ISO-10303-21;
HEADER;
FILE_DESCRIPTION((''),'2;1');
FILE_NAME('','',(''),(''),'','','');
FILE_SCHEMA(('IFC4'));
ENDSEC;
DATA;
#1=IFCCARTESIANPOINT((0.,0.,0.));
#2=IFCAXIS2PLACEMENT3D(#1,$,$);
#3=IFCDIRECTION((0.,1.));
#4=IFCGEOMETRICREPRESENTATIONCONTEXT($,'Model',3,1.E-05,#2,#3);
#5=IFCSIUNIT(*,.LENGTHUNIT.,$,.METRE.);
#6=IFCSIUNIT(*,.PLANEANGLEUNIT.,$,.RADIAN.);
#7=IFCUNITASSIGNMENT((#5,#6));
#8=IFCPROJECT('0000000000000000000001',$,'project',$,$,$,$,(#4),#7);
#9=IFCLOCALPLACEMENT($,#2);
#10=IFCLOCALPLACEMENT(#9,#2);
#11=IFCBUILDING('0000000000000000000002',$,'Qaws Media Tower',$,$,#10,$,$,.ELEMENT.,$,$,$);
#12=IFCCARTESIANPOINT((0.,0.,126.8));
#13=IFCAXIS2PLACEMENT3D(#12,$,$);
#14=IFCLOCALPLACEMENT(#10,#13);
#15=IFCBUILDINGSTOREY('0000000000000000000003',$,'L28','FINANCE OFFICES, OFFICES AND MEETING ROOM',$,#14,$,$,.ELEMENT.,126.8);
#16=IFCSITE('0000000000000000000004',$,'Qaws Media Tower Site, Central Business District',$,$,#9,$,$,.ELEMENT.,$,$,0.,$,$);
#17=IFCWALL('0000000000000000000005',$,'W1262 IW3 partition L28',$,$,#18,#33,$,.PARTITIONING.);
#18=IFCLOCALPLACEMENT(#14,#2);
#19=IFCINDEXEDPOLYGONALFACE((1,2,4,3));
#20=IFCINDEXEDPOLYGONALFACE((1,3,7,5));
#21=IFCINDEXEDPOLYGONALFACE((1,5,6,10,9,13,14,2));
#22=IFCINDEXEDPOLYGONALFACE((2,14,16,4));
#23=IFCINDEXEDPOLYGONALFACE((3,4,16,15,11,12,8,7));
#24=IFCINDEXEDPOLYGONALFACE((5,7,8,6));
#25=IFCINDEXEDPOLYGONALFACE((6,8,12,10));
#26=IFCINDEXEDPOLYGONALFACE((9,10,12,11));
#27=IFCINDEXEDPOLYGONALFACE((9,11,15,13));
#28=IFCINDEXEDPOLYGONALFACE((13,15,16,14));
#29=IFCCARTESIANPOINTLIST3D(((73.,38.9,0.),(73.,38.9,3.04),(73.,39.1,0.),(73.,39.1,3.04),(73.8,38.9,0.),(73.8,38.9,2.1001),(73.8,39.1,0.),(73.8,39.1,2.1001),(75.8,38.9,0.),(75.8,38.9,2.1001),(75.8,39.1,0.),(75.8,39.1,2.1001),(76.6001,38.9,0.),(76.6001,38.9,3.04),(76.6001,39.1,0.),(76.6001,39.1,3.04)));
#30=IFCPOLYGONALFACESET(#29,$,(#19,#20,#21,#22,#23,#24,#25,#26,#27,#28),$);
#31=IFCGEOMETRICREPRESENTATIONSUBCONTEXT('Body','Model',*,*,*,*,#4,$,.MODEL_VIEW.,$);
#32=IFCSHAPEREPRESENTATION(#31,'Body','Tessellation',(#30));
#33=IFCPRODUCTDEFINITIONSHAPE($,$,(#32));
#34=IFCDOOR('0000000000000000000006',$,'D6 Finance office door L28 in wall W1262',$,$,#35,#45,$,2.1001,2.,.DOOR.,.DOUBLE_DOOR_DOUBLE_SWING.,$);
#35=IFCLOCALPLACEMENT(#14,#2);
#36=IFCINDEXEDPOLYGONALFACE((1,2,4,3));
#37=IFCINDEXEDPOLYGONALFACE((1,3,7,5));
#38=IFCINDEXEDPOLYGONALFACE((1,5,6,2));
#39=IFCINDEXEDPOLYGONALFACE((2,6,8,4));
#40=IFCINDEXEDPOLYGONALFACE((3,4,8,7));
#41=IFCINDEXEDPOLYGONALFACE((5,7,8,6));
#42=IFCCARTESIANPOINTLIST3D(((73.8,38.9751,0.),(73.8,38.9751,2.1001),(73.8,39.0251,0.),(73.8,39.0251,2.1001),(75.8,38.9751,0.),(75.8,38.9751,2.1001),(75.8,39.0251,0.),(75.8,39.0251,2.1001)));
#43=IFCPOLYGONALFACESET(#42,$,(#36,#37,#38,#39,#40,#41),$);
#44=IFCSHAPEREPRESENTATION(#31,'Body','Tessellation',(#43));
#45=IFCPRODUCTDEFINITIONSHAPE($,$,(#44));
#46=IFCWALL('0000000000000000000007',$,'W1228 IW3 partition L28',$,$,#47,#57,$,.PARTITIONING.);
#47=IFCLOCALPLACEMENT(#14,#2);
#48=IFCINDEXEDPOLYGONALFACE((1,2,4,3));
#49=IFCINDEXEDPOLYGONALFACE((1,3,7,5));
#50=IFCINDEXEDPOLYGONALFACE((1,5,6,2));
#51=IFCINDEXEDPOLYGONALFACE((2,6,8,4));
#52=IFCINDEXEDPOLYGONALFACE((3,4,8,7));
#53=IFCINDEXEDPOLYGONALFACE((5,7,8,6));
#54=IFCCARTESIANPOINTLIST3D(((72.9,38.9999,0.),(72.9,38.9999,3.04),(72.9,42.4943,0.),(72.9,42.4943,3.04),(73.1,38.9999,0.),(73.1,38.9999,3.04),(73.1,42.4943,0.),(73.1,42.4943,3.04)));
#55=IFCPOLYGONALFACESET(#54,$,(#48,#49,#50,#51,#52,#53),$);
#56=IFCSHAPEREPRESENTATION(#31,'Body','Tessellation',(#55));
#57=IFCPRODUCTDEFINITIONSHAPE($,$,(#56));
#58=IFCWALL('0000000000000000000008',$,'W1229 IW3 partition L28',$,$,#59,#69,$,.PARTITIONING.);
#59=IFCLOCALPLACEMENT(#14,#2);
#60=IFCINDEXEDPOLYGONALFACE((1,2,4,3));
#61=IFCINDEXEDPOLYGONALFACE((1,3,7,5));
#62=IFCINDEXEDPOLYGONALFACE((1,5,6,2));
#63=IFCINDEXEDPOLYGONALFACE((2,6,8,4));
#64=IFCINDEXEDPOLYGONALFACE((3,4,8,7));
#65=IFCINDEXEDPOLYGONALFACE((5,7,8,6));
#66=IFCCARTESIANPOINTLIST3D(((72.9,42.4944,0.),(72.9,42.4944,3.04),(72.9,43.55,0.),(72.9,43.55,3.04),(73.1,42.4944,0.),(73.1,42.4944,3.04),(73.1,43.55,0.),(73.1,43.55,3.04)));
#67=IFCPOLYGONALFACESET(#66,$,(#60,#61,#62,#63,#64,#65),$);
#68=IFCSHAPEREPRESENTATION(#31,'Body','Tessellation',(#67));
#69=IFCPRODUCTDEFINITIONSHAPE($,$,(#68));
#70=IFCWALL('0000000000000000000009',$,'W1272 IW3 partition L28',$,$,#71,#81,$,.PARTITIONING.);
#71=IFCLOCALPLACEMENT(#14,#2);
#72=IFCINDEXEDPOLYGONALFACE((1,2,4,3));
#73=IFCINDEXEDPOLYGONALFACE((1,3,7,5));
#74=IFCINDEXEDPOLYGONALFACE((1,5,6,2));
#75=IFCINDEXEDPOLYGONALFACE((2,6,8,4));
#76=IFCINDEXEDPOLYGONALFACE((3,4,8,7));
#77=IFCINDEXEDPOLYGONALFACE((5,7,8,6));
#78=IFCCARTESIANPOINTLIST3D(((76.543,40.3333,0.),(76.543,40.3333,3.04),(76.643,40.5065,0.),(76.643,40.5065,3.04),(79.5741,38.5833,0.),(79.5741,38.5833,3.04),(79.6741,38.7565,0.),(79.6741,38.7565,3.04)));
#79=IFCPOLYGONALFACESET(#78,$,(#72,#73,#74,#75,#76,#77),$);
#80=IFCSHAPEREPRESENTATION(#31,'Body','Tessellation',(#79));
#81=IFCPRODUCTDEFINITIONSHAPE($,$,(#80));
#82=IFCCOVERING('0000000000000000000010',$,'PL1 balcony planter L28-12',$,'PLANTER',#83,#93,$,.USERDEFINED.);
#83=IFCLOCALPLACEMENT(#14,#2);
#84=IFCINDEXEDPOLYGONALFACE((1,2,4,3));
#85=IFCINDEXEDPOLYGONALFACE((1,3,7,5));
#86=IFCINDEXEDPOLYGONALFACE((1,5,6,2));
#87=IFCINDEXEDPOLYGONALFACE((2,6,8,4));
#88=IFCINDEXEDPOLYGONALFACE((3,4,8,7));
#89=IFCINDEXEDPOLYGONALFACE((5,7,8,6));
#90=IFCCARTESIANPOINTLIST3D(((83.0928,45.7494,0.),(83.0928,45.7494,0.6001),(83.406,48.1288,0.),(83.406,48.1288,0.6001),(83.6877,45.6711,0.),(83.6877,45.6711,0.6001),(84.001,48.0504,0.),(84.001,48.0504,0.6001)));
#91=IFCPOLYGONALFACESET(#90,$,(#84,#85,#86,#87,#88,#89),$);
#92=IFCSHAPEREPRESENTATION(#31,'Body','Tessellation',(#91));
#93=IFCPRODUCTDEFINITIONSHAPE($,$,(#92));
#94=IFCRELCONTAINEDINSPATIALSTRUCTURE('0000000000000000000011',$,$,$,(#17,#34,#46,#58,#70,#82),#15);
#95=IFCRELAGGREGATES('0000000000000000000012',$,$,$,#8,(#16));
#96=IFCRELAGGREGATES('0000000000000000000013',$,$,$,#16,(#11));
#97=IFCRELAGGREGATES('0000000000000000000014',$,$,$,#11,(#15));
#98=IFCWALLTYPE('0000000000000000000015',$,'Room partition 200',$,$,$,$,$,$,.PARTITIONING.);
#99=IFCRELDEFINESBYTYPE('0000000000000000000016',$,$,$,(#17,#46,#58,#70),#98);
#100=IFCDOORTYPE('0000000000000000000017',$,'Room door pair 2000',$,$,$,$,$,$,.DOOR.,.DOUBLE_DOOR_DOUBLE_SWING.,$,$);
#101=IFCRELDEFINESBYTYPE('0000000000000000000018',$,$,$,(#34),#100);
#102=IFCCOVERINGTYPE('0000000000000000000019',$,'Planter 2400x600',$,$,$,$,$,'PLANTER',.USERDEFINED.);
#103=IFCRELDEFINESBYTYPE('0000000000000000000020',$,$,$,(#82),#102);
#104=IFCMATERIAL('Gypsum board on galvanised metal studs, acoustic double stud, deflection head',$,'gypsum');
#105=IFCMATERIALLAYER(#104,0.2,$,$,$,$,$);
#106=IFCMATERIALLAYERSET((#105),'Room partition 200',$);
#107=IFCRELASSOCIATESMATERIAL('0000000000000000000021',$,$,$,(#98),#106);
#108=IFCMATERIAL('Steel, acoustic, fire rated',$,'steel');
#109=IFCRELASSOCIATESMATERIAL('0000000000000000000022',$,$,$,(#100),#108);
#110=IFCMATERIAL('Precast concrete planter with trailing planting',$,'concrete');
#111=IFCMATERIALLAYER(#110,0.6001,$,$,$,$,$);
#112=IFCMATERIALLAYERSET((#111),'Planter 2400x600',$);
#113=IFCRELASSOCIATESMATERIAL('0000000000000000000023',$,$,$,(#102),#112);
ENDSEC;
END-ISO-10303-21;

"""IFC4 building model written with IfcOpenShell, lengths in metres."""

from ifc_helpers import new_model, si_unit, direction, frame, frame_2d, origin, origin_2d, place, context, subcontext, project, spatial, rectangle, extrude, material, layer, layer_set, type_object, element, fill, save


model = new_model("IFC4")

# Units and contexts
model_context = context("Model", 3, precision=1e-05, world=origin(), true_north=direction((0.0, 1.0)))
body_context = subcontext(model_context, "Body", "Model", "MODEL_VIEW")
ifc_project = project(units=[si_unit("LENGTHUNIT", "METRE"), si_unit("PLANEANGLEUNIT", "RADIAN")], contexts=[model_context])

# Site, building, storey
site_placement = place(None, origin())
site = spatial("IfcSite", under=ifc_project, at=site_placement, Name="Qaws Media Tower Site, Central Business District", CompositionType="ELEMENT", RefElevation=0.0)
building_placement = place(site_placement, origin())
building = spatial("IfcBuilding", under=site, at=building_placement, Name="Qaws Media Tower", CompositionType="ELEMENT")
storey_placement = place(building_placement, frame((0.0, 0.0, 126.8)))
storey = spatial("IfcBuildingStorey", under=building, at=storey_placement, Name="L28", Description="FINANCE OFFICES, OFFICES AND MEETING ROOM", CompositionType="ELEMENT", Elevation=126.8)

# Shared definitions
ifc_material_1 = material(Name="Gypsum board on galvanised metal studs, acoustic double stud, deflection head", Category="gypsum")
ifc_layer_1 = layer(ifc_material_1, 0.2)
ifc_layer_set_1 = layer_set([ifc_layer_1], Name="Room partition 200")
wall_type_1 = type_object("IfcWallType", Name="Room partition 200", PredefinedType="PARTITIONING", material=ifc_layer_set_1)

# Wall, opening, door
wall_1_placement = place(storey_placement, frame((76.6001, 39.0, 0.0), z_axis=(0.0, 0.0, 1.0), x_axis=(-1.0, 0.0, 0.0)))
wall_1 = element("IfcWall", 1, at=wall_1_placement, inside=storey, type_object=wall_type_1, Name="W1262 IW3 partition L28", PredefinedType="PARTITIONING", context=body_context, shape_type="SweptSolid", body=[
    extrude(rectangle(XDim=3.6001, YDim=0.2, at=frame_2d((1.8, 0.0))), origin(), (0.0, 0.0, 1.0), 3.04),
])
opening_placement = place(wall_1_placement, frame((0.8, 0.0, 0.0)))
opening = element("IfcOpeningElement", 2, at=opening_placement, cuts=wall_1, PredefinedType="OPENING", context=body_context, shape_type="SweptSolid", body=[
    extrude(rectangle(XDim=2.0, YDim=2.1001, at=frame_2d((1.0, 1.05))), frame((0.0, 0.1099, 0.0), z_axis=(0.0, -1.0, 0.0), x_axis=(1.0, 0.0, 0.0)), (0.0, 0.0, 1.0), 0.22),
])
ifc_material_2 = material(Name="Steel, acoustic, fire rated", Category="steel")
door_type = type_object("IfcDoorType", Name="Room door pair 2000", OperationType="DOUBLE_DOOR_DOUBLE_SWING", PredefinedType="DOOR", material=ifc_material_2)
door_placement = place(opening_placement, origin())
door = element("IfcDoor", 3, at=door_placement, inside=storey, type_object=door_type, Name="D6 Finance office door L28 in wall W1262", OperationType="DOUBLE_DOOR_DOUBLE_SWING", OverallHeight=2.1001, OverallWidth=2.0, PredefinedType="DOOR", context=body_context, shape_type="SweptSolid", body=[
    extrude(rectangle(XDim=2.0, YDim=2.1001, at=frame_2d((1.0, 1.05))), frame((0.0, 0.0249, 0.0), z_axis=(0.0, -1.0, 0.0), x_axis=(1.0, 0.0, 0.0)), (0.0, 0.0, 1.0), 0.05),
])
fill(opening, door)

# Walls
wall_2_placement = place(storey_placement, frame((73.0, 39.0, 0.0), z_axis=(0.0, 0.0, 1.0), x_axis=(0.0, 1.0, 0.0)))
element("IfcWall", 4, at=wall_2_placement, inside=storey, type_object=wall_type_1, Name="W1228 IW3 partition L28", PredefinedType="PARTITIONING", context=body_context, shape_type="SweptSolid", body=[
    extrude(rectangle(XDim=3.4944, YDim=0.2, at=frame_2d((1.7471, 0.0))), origin(), (0.0, 0.0, 1.0), 3.04),
])
wall_3_placement = place(storey_placement, frame((73.0, 42.4944, 0.0), z_axis=(0.0, 0.0, 1.0), x_axis=(0.0, 1.0, 0.0)))
element("IfcWall", 5, at=wall_3_placement, inside=storey, type_object=wall_type_1, Name="W1229 IW3 partition L28", PredefinedType="PARTITIONING", context=body_context, shape_type="SweptSolid", body=[
    extrude(rectangle(XDim=1.0557, YDim=0.2, at=frame_2d((0.5278, 0.0))), origin(), (0.0, 0.0, 1.0), 3.04),
])
wall_4_placement = place(storey_placement, frame((76.593, 40.4199, 0.0), z_axis=(0.0, 0.0, 1.0), x_axis=(0.866019, -0.50001, 0.0)))
element("IfcWall", 6, at=wall_4_placement, inside=storey, type_object=wall_type_1, Name="W1272 IW3 partition L28", PredefinedType="PARTITIONING", context=body_context, shape_type="SweptSolid", body=[
    extrude(rectangle(XDim=3.5, YDim=0.2, at=frame_2d((1.75, 0.0))), origin(), (0.0, 0.0, 1.0), 3.04),
])

# Covering
ifc_material_3 = material(Name="Precast concrete planter with trailing planting", Category="concrete")
ifc_layer_2 = layer(ifc_material_3, 0.6001)
ifc_layer_set_2 = layer_set([ifc_layer_2], Name="Planter 2400x600")
covering_type = type_object("IfcCoveringType", Name="Planter 2400x600", ElementType="PLANTER", PredefinedType="USERDEFINED", material=ifc_layer_set_2)
covering_placement = place(storey_placement, frame((83.5469, 46.8999, 0.0), z_axis=(0.0, 0.0, 1.0), x_axis=(0.130526, 0.991445, 0.0)))
element("IfcCovering", 7, at=covering_placement, inside=storey, type_object=covering_type, Name="PL1 balcony planter L28-12", ObjectType="PLANTER", PredefinedType="USERDEFINED", context=body_context, shape_type="SweptSolid", body=[
    extrude(rectangle(XDim=2.3999, YDim=0.6001, at=origin_2d()), origin(), (0.0, 0.0, 1.0), 0.6001),
])

save(model, "model.ifc")
